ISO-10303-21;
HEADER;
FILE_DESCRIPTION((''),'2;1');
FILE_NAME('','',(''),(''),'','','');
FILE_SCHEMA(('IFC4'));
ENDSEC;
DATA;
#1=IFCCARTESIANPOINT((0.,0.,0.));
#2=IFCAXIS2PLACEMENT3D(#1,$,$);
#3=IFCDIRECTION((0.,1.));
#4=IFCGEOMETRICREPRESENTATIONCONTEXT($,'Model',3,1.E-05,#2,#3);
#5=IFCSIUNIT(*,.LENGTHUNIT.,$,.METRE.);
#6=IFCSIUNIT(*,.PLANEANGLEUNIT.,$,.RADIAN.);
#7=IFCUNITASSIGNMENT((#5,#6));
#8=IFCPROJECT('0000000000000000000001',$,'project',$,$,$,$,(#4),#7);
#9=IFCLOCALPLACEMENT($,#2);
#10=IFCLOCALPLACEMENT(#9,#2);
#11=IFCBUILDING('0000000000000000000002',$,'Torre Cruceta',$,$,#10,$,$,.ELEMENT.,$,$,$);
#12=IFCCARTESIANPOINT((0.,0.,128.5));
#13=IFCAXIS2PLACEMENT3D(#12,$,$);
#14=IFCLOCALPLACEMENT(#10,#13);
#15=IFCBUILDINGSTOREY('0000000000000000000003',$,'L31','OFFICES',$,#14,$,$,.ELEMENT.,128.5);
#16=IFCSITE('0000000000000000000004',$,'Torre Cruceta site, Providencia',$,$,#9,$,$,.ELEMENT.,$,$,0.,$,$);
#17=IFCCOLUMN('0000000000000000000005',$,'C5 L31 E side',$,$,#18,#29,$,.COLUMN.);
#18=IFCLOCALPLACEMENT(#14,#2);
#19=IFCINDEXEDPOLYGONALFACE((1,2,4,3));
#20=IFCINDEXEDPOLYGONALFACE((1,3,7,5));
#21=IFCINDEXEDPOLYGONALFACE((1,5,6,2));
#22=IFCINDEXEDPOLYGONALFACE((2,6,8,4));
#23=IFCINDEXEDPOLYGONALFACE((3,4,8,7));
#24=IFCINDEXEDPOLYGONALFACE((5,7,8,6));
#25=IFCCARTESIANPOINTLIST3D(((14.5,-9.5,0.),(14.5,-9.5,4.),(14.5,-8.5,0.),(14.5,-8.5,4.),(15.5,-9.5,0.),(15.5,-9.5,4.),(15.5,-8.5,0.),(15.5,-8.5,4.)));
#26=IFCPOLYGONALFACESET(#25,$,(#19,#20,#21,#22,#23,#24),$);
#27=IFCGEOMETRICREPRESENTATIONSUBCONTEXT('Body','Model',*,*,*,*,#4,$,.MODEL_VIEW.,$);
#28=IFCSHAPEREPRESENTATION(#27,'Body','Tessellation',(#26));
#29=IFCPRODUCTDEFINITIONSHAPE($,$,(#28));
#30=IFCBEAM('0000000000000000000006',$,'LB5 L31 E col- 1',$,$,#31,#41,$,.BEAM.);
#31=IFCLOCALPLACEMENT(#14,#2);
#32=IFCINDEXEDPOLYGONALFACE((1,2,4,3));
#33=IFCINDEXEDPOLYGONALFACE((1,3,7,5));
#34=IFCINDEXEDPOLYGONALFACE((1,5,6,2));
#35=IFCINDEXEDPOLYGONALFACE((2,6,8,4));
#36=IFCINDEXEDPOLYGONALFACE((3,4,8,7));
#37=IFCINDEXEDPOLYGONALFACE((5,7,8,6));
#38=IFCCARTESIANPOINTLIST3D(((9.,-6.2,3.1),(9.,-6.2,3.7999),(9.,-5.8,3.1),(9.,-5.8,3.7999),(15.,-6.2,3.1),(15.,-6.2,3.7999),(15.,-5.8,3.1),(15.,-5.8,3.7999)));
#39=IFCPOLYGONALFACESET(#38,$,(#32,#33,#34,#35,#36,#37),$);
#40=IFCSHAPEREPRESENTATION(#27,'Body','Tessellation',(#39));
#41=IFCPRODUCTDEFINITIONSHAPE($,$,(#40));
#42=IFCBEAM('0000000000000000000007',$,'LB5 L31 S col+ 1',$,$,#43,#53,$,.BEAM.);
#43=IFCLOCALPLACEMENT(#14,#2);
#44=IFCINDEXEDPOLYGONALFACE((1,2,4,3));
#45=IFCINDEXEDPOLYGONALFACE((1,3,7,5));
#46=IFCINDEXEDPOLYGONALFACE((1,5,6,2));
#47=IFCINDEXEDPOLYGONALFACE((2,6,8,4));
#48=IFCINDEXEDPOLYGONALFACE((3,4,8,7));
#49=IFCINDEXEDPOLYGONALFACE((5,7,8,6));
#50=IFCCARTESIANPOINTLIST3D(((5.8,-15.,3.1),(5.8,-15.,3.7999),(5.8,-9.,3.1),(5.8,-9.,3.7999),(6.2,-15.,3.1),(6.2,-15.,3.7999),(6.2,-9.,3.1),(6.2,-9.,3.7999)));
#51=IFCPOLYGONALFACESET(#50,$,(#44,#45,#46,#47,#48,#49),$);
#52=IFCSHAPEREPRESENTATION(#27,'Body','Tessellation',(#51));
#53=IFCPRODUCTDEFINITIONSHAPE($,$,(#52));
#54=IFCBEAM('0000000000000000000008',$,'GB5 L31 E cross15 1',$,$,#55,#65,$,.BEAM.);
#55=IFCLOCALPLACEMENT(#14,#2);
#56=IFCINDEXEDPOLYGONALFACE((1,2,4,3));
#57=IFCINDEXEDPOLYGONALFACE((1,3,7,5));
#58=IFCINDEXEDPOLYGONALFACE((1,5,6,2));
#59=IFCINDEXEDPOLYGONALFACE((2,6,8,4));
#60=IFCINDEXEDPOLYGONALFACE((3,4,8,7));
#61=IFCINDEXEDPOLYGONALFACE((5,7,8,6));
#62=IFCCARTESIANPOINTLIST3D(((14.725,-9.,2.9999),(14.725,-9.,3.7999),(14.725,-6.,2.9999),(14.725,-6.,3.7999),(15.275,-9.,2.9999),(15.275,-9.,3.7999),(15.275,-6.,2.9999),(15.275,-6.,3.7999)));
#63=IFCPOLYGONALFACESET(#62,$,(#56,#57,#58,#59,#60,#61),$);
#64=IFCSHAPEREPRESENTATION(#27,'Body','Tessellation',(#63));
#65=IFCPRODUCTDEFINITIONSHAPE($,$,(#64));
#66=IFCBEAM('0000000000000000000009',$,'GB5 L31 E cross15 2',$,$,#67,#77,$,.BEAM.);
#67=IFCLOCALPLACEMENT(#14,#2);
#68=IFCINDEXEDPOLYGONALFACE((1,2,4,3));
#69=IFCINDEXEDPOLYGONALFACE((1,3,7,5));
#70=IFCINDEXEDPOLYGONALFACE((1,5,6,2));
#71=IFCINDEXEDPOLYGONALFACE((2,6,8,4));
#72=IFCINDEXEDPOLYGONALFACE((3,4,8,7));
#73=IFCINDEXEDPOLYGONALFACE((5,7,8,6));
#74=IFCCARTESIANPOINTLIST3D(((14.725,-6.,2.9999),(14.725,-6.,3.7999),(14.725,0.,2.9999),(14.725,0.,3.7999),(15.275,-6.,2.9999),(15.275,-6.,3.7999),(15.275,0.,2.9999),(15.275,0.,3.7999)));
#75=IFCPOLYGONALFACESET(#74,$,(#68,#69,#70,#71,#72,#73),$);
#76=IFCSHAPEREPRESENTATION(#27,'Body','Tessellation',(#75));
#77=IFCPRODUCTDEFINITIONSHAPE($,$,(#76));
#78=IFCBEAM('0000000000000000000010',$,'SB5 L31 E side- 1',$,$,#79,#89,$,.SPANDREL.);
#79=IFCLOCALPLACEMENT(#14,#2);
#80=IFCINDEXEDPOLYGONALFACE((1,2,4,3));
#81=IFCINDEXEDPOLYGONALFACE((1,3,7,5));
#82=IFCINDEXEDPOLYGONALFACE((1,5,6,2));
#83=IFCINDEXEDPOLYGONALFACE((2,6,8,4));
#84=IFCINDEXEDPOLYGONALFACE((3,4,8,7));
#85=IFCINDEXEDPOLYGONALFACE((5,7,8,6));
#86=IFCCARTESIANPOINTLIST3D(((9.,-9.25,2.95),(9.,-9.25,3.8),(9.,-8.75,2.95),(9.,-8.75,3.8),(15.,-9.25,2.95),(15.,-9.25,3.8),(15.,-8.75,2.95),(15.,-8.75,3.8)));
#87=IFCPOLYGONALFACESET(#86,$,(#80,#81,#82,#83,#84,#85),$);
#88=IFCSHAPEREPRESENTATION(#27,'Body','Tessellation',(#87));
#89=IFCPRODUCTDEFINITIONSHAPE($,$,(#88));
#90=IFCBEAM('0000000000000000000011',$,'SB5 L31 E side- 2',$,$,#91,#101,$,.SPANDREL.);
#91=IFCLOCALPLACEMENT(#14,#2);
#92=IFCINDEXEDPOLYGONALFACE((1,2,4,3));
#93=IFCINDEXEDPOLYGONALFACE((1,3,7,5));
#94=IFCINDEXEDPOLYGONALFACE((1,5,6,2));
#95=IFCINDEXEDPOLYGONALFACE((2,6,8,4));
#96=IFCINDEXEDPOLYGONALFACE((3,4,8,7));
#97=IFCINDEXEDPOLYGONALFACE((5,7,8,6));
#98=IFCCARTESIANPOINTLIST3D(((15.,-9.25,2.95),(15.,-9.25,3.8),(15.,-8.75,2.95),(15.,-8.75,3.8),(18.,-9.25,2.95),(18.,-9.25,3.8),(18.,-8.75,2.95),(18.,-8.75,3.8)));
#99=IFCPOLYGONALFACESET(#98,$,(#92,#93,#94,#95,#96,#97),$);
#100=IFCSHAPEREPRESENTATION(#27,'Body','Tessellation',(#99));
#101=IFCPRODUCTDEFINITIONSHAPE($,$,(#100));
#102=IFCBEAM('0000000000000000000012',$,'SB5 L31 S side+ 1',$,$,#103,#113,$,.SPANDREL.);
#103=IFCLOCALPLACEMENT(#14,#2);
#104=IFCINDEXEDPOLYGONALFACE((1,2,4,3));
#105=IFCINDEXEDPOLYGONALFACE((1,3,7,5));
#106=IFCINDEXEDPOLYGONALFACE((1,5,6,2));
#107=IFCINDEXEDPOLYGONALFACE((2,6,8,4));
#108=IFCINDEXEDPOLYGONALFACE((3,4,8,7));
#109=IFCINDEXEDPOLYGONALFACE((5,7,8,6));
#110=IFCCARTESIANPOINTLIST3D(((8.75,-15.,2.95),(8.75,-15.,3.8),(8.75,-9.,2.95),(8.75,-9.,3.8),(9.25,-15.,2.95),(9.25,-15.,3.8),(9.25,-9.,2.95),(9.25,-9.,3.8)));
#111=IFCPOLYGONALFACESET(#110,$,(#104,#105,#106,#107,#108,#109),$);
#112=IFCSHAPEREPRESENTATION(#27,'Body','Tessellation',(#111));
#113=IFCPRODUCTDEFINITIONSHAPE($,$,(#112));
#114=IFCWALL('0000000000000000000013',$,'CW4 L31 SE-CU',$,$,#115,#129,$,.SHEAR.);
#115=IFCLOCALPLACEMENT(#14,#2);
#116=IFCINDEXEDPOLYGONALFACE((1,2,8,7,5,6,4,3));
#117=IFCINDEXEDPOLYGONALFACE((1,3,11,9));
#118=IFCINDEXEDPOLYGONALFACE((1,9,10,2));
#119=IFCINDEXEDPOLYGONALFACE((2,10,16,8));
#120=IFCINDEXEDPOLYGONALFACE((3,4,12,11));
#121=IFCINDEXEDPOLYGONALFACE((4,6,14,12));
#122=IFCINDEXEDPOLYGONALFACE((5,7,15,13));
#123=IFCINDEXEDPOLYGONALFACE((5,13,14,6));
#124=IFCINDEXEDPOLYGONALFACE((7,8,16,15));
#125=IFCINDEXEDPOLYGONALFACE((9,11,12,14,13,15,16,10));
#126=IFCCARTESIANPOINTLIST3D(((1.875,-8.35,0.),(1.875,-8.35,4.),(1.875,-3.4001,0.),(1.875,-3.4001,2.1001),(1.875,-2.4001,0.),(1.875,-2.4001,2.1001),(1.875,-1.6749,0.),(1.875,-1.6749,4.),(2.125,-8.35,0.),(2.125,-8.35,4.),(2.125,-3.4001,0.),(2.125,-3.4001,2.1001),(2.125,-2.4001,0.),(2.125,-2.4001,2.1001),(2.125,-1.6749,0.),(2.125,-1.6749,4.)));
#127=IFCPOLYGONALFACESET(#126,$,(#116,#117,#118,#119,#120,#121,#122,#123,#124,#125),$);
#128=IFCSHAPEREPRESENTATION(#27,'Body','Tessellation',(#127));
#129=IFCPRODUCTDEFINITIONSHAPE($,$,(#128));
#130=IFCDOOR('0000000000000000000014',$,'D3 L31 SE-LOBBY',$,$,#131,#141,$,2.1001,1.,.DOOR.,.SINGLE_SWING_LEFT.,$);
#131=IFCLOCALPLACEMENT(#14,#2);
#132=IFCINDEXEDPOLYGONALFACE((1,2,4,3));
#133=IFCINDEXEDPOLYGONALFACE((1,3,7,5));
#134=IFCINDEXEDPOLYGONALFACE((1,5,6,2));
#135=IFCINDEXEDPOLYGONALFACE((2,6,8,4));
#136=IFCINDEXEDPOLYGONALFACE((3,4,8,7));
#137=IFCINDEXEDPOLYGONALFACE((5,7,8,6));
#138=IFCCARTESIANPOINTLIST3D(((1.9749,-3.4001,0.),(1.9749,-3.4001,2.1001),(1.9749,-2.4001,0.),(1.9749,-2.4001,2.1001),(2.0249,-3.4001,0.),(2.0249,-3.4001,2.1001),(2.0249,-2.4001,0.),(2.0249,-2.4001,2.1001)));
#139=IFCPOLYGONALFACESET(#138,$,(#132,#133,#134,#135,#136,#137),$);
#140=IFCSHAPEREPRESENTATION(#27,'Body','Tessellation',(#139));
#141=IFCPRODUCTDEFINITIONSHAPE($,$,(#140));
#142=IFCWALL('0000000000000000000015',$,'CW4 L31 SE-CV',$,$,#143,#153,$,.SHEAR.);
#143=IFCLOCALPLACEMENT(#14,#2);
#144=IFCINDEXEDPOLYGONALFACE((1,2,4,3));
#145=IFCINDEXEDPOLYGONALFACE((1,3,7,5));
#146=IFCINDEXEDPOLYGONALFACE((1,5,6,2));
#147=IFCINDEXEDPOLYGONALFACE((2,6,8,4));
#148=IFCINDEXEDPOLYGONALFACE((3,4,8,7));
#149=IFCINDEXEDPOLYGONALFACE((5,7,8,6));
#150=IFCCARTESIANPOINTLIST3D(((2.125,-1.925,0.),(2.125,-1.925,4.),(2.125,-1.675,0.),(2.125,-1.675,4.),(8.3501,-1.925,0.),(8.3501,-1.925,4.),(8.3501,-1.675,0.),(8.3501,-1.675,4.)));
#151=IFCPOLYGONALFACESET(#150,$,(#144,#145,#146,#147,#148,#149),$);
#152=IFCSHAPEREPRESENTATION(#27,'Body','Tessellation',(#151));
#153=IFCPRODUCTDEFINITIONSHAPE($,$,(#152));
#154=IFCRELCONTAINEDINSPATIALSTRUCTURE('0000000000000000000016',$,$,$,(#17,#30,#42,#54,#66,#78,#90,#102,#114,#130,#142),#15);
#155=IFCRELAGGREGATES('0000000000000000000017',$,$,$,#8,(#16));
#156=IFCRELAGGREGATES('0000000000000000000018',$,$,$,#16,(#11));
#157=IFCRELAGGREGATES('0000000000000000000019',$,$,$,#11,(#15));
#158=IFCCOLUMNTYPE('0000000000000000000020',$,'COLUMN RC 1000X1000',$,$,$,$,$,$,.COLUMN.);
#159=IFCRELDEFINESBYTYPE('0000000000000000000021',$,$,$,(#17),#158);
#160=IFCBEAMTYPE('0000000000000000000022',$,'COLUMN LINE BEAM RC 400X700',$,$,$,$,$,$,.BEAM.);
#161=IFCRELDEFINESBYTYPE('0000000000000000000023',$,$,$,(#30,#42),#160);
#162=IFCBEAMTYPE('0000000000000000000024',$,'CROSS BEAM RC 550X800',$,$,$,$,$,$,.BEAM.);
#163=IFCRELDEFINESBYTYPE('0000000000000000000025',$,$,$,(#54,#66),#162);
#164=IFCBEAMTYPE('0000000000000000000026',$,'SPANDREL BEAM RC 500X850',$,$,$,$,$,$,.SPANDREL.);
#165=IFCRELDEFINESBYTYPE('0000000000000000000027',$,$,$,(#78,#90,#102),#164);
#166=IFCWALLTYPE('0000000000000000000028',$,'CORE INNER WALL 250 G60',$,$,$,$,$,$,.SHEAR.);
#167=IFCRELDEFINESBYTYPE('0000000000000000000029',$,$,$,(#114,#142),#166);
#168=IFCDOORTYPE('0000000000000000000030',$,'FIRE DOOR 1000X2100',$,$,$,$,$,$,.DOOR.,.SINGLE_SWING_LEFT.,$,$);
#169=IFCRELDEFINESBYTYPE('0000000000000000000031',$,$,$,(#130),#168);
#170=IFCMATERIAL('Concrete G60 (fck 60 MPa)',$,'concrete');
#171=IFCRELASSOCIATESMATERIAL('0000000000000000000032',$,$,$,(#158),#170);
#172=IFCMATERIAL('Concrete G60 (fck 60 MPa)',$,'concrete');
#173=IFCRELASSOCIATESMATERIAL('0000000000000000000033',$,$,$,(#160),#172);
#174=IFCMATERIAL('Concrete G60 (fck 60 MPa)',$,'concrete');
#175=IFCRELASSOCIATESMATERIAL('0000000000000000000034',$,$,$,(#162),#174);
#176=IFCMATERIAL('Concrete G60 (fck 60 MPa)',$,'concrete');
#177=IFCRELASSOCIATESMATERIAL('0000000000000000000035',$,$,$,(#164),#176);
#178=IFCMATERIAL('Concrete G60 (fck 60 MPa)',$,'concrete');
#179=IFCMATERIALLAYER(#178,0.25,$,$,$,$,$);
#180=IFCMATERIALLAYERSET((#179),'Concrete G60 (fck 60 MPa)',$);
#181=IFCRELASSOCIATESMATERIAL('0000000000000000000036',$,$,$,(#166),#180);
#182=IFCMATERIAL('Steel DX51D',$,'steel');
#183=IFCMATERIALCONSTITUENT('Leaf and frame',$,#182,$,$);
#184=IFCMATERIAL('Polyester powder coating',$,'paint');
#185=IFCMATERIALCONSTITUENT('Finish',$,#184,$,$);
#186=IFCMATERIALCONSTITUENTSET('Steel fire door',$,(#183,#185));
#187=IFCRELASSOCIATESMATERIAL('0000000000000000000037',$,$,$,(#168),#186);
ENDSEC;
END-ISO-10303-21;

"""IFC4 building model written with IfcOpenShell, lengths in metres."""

from ifc_helpers import new_model, si_unit, direction, frame, frame_2d, origin, origin_2d, place, context, subcontext, project, spatial, rectangle, extrude, material, layer, layer_set, constituent, constituent_set, material_profile, profile_set, type_object, element, fill, save


model = new_model("IFC4")

# Units and contexts
model_context = context("Model", 3, precision=1e-05, world=origin(), true_north=direction((0.0, 1.0)))
body_context = subcontext(model_context, "Body", "Model", "MODEL_VIEW")
ifc_project = project(units=[si_unit("LENGTHUNIT", "METRE"), si_unit("PLANEANGLEUNIT", "RADIAN")], contexts=[model_context])

# Site, building, storey
site_placement = place(None, origin())
site = spatial("IfcSite", under=ifc_project, at=site_placement, Name="Torre Cruceta site, Providencia", CompositionType="ELEMENT", RefElevation=0.0)
building_placement = place(site_placement, origin())
building = spatial("IfcBuilding", under=site, at=building_placement, Name="Torre Cruceta", CompositionType="ELEMENT")
storey_placement = place(building_placement, frame((0.0, 0.0, 128.5)))
storey = spatial("IfcBuildingStorey", under=building, at=storey_placement, Name="L31", Description="OFFICES", CompositionType="ELEMENT", Elevation=128.5)

# Column
ifc_material_1 = material(Name="Concrete G60 (fck 60 MPa)", Category="concrete")
ifc_material_profile_1 = material_profile(ifc_material_1, rectangle(XDim=1.0, YDim=1.0, at=origin_2d()), Name="RC 1000X1000")
ifc_profile_set_1 = profile_set([ifc_material_profile_1], Name="Concrete G60 (fck 60 MPa)")
column_type = type_object("IfcColumnType", Name="COLUMN RC 1000X1000", PredefinedType="COLUMN", material=ifc_profile_set_1)
column_placement = place(storey_placement, frame((15.0, -9.0, 0.0), z_axis=(0.0, 0.0, 1.0), x_axis=(1.0, 0.0, 0.0)))
element("IfcColumn", 1, at=column_placement, inside=storey, type_object=column_type, Name="C5 L31 E side", PredefinedType="COLUMN", context=body_context, shape_type="SweptSolid", body=[
    extrude(rectangle(XDim=1.0, YDim=1.0, at=origin_2d()), origin(), (0.0, 0.0, 1.0), 4.0),
])

# Beams
ifc_material_2 = material(Name="Concrete G60 (fck 60 MPa)", Category="concrete")
ifc_material_profile_2 = material_profile(ifc_material_2, rectangle(XDim=0.3999, YDim=0.7, at=origin_2d()), Name="RC 400X700")
ifc_profile_set_2 = profile_set([ifc_material_profile_2], Name="Concrete G60 (fck 60 MPa)")
beam_type_1 = type_object("IfcBeamType", Name="COLUMN LINE BEAM RC 400X700", PredefinedType="BEAM", material=ifc_profile_set_2)
for number, where, z_axis, x_axis, name in (
    (2, (9.0, -6.0, 3.45), (1.0, 0.0, 0.0), (0.0, 1.0, 0.0), "LB5 L31 E col- 1"),
    (3, (6.0, -9.0, 3.45), (0.0, -1.0, 0.0), (1.0, 0.0, 0.0), "LB5 L31 S col+ 1"),
):
    element("IfcBeam", number, at=place(storey_placement, frame(where, z_axis=z_axis, x_axis=x_axis)), inside=storey, type_object=beam_type_1, Name=name, PredefinedType="BEAM", context=body_context, shape_type="SweptSolid", body=[
        extrude(rectangle(XDim=0.3999, YDim=0.7, at=origin_2d()), origin(), (0.0, 0.0, 1.0), 6.0),
    ])
ifc_material_3 = material(Name="Concrete G60 (fck 60 MPa)", Category="concrete")
ifc_material_profile_3 = material_profile(ifc_material_3, rectangle(XDim=0.55, YDim=0.8, at=origin_2d()), Name="RC 550X800")
ifc_profile_set_3 = profile_set([ifc_material_profile_3], Name="Concrete G60 (fck 60 MPa)")
beam_type_2 = type_object("IfcBeamType", Name="CROSS BEAM RC 550X800", PredefinedType="BEAM", material=ifc_profile_set_3)
beam_1_placement = place(storey_placement, frame((15.0, -9.0, 3.3999), z_axis=(0.0, 1.0, 0.0), x_axis=(-1.0, 0.0, 0.0)))
element("IfcBeam", 4, at=beam_1_placement, inside=storey, type_object=beam_type_2, Name="GB5 L31 E cross15 1", PredefinedType="BEAM", context=body_context, shape_type="SweptSolid", body=[
    extrude(rectangle(XDim=0.55, YDim=0.8, at=origin_2d()), origin(), (0.0, 0.0, 1.0), 3.0),
])
beam_2_placement = place(storey_placement, frame((15.0, -6.0, 3.3999), z_axis=(0.0, 1.0, 0.0), x_axis=(-1.0, 0.0, 0.0)))
element("IfcBeam", 5, at=beam_2_placement, inside=storey, type_object=beam_type_2, Name="GB5 L31 E cross15 2", PredefinedType="BEAM", context=body_context, shape_type="SweptSolid", body=[
    extrude(rectangle(XDim=0.55, YDim=0.8, at=origin_2d()), origin(), (0.0, 0.0, 1.0), 6.0),
])
ifc_material_4 = material(Name="Concrete G60 (fck 60 MPa)", Category="concrete")
ifc_material_profile_4 = material_profile(ifc_material_4, rectangle(XDim=0.5, YDim=0.8501, at=origin_2d()), Name="RC 500X850")
ifc_profile_set_4 = profile_set([ifc_material_profile_4], Name="Concrete G60 (fck 60 MPa)")
beam_type_3 = type_object("IfcBeamType", Name="SPANDREL BEAM RC 500X850", PredefinedType="SPANDREL", material=ifc_profile_set_4)
beam_3_placement = place(storey_placement, frame((9.0, -9.0, 3.375), z_axis=(1.0, 0.0, 0.0), x_axis=(0.0, 1.0, 0.0)))
element("IfcBeam", 6, at=beam_3_placement, inside=storey, type_object=beam_type_3, Name="SB5 L31 E side- 1", PredefinedType="SPANDREL", context=body_context, shape_type="SweptSolid", body=[
    extrude(rectangle(XDim=0.5, YDim=0.8501, at=origin_2d()), origin(), (0.0, 0.0, 1.0), 6.0),
])
beam_4_placement = place(storey_placement, frame((15.0, -9.0, 3.375), z_axis=(1.0, 0.0, 0.0), x_axis=(0.0, 1.0, 0.0)))
element("IfcBeam", 7, at=beam_4_placement, inside=storey, type_object=beam_type_3, Name="SB5 L31 E side- 2", PredefinedType="SPANDREL", context=body_context, shape_type="SweptSolid", body=[
    extrude(rectangle(XDim=0.5, YDim=0.8501, at=origin_2d()), origin(), (0.0, 0.0, 1.0), 3.0),
])
beam_5_placement = place(storey_placement, frame((9.0, -9.0, 3.375), z_axis=(0.0, -1.0, 0.0), x_axis=(1.0, 0.0, 0.0)))
element("IfcBeam", 8, at=beam_5_placement, inside=storey, type_object=beam_type_3, Name="SB5 L31 S side+ 1", PredefinedType="SPANDREL", context=body_context, shape_type="SweptSolid", body=[
    extrude(rectangle(XDim=0.5, YDim=0.8501, at=origin_2d()), origin(), (0.0, 0.0, 1.0), 6.0),
])

# Wall, opening, door
ifc_material_5 = material(Name="Concrete G60 (fck 60 MPa)", Category="concrete")
ifc_layer_1 = layer(ifc_material_5, 0.25)
ifc_layer_set_1 = layer_set([ifc_layer_1], Name="Concrete G60 (fck 60 MPa)")
wall_type_1 = type_object("IfcWallType", Name="CORE INNER WALL 250 G60", PredefinedType="SHEAR", material=ifc_layer_set_1)
wall_1_placement = place(storey_placement, frame((2.0, -1.675, 0.0), z_axis=(0.0, 0.0, 1.0), x_axis=(0.0, -1.0, 0.0)))
wall_1 = element("IfcWall", 9, at=wall_1_placement, inside=storey, type_object=wall_type_1, Name="CW4 L31 SE-CU", PredefinedType="SHEAR", context=body_context, shape_type="SweptSolid", body=[
    extrude(rectangle(XDim=6.675, YDim=0.25, at=frame_2d((3.3374, 0.0))), origin(), (0.0, 0.0, 1.0), 4.0),
])
opening_1_placement = place(wall_1_placement, frame((0.7251, 0.0, 0.0)))
opening_1 = element("IfcOpeningElement", 10, at=opening_1_placement, cuts=wall_1, PredefinedType="OPENING", context=body_context, shape_type="SweptSolid", body=[
    extrude(rectangle(XDim=1.0, YDim=2.1001, at=frame_2d((0.5, 1.05))), frame((0.0, 0.135, 0.0), z_axis=(0.0, -1.0, 0.0), x_axis=(1.0, 0.0, 0.0)), (0.0, 0.0, 1.0), 0.27),
])
ifc_material_6 = material(Name="Steel DX51D", Category="steel")
ifc_constituent_1 = constituent(ifc_material_6, Name="Leaf and frame")
ifc_material_7 = material(Name="Polyester powder coating", Category="paint")
ifc_constituent_2 = constituent(ifc_material_7, Name="Finish")
ifc_constituent_set_1 = constituent_set(constituents=[ifc_constituent_1, ifc_constituent_2], Name="Steel fire door")
door_type_1 = type_object("IfcDoorType", Name="FIRE DOOR 1000X2100", OperationType="SINGLE_SWING_LEFT", PredefinedType="DOOR", material=ifc_constituent_set_1)
door_1_placement = place(opening_1_placement, origin())
door_1 = element("IfcDoor", 11, at=door_1_placement, inside=storey, type_object=door_type_1, Name="D3 L31 SE-LOBBY", OperationType="SINGLE_SWING_LEFT", OverallHeight=2.1001, OverallWidth=1.0, PredefinedType="DOOR", context=body_context, shape_type="SweptSolid", body=[
    extrude(rectangle(XDim=1.0, YDim=2.1001, at=frame_2d((0.5, 1.05))), frame((0.0, 0.0249, 0.0), z_axis=(0.0, -1.0, 0.0), x_axis=(1.0, 0.0, 0.0)), (0.0, 0.0, 1.0), 0.05),
])
fill(opening_1, door_1)

# Wall
wall_2_placement = place(storey_placement, frame((2.125, -1.8, 0.0), z_axis=(0.0, 0.0, 1.0), x_axis=(1.0, 0.0, 0.0)))
element("IfcWall", 12, at=wall_2_placement, inside=storey, type_object=wall_type_1, Name="CW4 L31 SE-CV", PredefinedType="SHEAR", context=body_context, shape_type="SweptSolid", body=[
    extrude(rectangle(XDim=6.2251, YDim=0.25, at=frame_2d((3.1125, 0.0))), origin(), (0.0, 0.0, 1.0), 4.0),
])

save(model, "model.ifc")
